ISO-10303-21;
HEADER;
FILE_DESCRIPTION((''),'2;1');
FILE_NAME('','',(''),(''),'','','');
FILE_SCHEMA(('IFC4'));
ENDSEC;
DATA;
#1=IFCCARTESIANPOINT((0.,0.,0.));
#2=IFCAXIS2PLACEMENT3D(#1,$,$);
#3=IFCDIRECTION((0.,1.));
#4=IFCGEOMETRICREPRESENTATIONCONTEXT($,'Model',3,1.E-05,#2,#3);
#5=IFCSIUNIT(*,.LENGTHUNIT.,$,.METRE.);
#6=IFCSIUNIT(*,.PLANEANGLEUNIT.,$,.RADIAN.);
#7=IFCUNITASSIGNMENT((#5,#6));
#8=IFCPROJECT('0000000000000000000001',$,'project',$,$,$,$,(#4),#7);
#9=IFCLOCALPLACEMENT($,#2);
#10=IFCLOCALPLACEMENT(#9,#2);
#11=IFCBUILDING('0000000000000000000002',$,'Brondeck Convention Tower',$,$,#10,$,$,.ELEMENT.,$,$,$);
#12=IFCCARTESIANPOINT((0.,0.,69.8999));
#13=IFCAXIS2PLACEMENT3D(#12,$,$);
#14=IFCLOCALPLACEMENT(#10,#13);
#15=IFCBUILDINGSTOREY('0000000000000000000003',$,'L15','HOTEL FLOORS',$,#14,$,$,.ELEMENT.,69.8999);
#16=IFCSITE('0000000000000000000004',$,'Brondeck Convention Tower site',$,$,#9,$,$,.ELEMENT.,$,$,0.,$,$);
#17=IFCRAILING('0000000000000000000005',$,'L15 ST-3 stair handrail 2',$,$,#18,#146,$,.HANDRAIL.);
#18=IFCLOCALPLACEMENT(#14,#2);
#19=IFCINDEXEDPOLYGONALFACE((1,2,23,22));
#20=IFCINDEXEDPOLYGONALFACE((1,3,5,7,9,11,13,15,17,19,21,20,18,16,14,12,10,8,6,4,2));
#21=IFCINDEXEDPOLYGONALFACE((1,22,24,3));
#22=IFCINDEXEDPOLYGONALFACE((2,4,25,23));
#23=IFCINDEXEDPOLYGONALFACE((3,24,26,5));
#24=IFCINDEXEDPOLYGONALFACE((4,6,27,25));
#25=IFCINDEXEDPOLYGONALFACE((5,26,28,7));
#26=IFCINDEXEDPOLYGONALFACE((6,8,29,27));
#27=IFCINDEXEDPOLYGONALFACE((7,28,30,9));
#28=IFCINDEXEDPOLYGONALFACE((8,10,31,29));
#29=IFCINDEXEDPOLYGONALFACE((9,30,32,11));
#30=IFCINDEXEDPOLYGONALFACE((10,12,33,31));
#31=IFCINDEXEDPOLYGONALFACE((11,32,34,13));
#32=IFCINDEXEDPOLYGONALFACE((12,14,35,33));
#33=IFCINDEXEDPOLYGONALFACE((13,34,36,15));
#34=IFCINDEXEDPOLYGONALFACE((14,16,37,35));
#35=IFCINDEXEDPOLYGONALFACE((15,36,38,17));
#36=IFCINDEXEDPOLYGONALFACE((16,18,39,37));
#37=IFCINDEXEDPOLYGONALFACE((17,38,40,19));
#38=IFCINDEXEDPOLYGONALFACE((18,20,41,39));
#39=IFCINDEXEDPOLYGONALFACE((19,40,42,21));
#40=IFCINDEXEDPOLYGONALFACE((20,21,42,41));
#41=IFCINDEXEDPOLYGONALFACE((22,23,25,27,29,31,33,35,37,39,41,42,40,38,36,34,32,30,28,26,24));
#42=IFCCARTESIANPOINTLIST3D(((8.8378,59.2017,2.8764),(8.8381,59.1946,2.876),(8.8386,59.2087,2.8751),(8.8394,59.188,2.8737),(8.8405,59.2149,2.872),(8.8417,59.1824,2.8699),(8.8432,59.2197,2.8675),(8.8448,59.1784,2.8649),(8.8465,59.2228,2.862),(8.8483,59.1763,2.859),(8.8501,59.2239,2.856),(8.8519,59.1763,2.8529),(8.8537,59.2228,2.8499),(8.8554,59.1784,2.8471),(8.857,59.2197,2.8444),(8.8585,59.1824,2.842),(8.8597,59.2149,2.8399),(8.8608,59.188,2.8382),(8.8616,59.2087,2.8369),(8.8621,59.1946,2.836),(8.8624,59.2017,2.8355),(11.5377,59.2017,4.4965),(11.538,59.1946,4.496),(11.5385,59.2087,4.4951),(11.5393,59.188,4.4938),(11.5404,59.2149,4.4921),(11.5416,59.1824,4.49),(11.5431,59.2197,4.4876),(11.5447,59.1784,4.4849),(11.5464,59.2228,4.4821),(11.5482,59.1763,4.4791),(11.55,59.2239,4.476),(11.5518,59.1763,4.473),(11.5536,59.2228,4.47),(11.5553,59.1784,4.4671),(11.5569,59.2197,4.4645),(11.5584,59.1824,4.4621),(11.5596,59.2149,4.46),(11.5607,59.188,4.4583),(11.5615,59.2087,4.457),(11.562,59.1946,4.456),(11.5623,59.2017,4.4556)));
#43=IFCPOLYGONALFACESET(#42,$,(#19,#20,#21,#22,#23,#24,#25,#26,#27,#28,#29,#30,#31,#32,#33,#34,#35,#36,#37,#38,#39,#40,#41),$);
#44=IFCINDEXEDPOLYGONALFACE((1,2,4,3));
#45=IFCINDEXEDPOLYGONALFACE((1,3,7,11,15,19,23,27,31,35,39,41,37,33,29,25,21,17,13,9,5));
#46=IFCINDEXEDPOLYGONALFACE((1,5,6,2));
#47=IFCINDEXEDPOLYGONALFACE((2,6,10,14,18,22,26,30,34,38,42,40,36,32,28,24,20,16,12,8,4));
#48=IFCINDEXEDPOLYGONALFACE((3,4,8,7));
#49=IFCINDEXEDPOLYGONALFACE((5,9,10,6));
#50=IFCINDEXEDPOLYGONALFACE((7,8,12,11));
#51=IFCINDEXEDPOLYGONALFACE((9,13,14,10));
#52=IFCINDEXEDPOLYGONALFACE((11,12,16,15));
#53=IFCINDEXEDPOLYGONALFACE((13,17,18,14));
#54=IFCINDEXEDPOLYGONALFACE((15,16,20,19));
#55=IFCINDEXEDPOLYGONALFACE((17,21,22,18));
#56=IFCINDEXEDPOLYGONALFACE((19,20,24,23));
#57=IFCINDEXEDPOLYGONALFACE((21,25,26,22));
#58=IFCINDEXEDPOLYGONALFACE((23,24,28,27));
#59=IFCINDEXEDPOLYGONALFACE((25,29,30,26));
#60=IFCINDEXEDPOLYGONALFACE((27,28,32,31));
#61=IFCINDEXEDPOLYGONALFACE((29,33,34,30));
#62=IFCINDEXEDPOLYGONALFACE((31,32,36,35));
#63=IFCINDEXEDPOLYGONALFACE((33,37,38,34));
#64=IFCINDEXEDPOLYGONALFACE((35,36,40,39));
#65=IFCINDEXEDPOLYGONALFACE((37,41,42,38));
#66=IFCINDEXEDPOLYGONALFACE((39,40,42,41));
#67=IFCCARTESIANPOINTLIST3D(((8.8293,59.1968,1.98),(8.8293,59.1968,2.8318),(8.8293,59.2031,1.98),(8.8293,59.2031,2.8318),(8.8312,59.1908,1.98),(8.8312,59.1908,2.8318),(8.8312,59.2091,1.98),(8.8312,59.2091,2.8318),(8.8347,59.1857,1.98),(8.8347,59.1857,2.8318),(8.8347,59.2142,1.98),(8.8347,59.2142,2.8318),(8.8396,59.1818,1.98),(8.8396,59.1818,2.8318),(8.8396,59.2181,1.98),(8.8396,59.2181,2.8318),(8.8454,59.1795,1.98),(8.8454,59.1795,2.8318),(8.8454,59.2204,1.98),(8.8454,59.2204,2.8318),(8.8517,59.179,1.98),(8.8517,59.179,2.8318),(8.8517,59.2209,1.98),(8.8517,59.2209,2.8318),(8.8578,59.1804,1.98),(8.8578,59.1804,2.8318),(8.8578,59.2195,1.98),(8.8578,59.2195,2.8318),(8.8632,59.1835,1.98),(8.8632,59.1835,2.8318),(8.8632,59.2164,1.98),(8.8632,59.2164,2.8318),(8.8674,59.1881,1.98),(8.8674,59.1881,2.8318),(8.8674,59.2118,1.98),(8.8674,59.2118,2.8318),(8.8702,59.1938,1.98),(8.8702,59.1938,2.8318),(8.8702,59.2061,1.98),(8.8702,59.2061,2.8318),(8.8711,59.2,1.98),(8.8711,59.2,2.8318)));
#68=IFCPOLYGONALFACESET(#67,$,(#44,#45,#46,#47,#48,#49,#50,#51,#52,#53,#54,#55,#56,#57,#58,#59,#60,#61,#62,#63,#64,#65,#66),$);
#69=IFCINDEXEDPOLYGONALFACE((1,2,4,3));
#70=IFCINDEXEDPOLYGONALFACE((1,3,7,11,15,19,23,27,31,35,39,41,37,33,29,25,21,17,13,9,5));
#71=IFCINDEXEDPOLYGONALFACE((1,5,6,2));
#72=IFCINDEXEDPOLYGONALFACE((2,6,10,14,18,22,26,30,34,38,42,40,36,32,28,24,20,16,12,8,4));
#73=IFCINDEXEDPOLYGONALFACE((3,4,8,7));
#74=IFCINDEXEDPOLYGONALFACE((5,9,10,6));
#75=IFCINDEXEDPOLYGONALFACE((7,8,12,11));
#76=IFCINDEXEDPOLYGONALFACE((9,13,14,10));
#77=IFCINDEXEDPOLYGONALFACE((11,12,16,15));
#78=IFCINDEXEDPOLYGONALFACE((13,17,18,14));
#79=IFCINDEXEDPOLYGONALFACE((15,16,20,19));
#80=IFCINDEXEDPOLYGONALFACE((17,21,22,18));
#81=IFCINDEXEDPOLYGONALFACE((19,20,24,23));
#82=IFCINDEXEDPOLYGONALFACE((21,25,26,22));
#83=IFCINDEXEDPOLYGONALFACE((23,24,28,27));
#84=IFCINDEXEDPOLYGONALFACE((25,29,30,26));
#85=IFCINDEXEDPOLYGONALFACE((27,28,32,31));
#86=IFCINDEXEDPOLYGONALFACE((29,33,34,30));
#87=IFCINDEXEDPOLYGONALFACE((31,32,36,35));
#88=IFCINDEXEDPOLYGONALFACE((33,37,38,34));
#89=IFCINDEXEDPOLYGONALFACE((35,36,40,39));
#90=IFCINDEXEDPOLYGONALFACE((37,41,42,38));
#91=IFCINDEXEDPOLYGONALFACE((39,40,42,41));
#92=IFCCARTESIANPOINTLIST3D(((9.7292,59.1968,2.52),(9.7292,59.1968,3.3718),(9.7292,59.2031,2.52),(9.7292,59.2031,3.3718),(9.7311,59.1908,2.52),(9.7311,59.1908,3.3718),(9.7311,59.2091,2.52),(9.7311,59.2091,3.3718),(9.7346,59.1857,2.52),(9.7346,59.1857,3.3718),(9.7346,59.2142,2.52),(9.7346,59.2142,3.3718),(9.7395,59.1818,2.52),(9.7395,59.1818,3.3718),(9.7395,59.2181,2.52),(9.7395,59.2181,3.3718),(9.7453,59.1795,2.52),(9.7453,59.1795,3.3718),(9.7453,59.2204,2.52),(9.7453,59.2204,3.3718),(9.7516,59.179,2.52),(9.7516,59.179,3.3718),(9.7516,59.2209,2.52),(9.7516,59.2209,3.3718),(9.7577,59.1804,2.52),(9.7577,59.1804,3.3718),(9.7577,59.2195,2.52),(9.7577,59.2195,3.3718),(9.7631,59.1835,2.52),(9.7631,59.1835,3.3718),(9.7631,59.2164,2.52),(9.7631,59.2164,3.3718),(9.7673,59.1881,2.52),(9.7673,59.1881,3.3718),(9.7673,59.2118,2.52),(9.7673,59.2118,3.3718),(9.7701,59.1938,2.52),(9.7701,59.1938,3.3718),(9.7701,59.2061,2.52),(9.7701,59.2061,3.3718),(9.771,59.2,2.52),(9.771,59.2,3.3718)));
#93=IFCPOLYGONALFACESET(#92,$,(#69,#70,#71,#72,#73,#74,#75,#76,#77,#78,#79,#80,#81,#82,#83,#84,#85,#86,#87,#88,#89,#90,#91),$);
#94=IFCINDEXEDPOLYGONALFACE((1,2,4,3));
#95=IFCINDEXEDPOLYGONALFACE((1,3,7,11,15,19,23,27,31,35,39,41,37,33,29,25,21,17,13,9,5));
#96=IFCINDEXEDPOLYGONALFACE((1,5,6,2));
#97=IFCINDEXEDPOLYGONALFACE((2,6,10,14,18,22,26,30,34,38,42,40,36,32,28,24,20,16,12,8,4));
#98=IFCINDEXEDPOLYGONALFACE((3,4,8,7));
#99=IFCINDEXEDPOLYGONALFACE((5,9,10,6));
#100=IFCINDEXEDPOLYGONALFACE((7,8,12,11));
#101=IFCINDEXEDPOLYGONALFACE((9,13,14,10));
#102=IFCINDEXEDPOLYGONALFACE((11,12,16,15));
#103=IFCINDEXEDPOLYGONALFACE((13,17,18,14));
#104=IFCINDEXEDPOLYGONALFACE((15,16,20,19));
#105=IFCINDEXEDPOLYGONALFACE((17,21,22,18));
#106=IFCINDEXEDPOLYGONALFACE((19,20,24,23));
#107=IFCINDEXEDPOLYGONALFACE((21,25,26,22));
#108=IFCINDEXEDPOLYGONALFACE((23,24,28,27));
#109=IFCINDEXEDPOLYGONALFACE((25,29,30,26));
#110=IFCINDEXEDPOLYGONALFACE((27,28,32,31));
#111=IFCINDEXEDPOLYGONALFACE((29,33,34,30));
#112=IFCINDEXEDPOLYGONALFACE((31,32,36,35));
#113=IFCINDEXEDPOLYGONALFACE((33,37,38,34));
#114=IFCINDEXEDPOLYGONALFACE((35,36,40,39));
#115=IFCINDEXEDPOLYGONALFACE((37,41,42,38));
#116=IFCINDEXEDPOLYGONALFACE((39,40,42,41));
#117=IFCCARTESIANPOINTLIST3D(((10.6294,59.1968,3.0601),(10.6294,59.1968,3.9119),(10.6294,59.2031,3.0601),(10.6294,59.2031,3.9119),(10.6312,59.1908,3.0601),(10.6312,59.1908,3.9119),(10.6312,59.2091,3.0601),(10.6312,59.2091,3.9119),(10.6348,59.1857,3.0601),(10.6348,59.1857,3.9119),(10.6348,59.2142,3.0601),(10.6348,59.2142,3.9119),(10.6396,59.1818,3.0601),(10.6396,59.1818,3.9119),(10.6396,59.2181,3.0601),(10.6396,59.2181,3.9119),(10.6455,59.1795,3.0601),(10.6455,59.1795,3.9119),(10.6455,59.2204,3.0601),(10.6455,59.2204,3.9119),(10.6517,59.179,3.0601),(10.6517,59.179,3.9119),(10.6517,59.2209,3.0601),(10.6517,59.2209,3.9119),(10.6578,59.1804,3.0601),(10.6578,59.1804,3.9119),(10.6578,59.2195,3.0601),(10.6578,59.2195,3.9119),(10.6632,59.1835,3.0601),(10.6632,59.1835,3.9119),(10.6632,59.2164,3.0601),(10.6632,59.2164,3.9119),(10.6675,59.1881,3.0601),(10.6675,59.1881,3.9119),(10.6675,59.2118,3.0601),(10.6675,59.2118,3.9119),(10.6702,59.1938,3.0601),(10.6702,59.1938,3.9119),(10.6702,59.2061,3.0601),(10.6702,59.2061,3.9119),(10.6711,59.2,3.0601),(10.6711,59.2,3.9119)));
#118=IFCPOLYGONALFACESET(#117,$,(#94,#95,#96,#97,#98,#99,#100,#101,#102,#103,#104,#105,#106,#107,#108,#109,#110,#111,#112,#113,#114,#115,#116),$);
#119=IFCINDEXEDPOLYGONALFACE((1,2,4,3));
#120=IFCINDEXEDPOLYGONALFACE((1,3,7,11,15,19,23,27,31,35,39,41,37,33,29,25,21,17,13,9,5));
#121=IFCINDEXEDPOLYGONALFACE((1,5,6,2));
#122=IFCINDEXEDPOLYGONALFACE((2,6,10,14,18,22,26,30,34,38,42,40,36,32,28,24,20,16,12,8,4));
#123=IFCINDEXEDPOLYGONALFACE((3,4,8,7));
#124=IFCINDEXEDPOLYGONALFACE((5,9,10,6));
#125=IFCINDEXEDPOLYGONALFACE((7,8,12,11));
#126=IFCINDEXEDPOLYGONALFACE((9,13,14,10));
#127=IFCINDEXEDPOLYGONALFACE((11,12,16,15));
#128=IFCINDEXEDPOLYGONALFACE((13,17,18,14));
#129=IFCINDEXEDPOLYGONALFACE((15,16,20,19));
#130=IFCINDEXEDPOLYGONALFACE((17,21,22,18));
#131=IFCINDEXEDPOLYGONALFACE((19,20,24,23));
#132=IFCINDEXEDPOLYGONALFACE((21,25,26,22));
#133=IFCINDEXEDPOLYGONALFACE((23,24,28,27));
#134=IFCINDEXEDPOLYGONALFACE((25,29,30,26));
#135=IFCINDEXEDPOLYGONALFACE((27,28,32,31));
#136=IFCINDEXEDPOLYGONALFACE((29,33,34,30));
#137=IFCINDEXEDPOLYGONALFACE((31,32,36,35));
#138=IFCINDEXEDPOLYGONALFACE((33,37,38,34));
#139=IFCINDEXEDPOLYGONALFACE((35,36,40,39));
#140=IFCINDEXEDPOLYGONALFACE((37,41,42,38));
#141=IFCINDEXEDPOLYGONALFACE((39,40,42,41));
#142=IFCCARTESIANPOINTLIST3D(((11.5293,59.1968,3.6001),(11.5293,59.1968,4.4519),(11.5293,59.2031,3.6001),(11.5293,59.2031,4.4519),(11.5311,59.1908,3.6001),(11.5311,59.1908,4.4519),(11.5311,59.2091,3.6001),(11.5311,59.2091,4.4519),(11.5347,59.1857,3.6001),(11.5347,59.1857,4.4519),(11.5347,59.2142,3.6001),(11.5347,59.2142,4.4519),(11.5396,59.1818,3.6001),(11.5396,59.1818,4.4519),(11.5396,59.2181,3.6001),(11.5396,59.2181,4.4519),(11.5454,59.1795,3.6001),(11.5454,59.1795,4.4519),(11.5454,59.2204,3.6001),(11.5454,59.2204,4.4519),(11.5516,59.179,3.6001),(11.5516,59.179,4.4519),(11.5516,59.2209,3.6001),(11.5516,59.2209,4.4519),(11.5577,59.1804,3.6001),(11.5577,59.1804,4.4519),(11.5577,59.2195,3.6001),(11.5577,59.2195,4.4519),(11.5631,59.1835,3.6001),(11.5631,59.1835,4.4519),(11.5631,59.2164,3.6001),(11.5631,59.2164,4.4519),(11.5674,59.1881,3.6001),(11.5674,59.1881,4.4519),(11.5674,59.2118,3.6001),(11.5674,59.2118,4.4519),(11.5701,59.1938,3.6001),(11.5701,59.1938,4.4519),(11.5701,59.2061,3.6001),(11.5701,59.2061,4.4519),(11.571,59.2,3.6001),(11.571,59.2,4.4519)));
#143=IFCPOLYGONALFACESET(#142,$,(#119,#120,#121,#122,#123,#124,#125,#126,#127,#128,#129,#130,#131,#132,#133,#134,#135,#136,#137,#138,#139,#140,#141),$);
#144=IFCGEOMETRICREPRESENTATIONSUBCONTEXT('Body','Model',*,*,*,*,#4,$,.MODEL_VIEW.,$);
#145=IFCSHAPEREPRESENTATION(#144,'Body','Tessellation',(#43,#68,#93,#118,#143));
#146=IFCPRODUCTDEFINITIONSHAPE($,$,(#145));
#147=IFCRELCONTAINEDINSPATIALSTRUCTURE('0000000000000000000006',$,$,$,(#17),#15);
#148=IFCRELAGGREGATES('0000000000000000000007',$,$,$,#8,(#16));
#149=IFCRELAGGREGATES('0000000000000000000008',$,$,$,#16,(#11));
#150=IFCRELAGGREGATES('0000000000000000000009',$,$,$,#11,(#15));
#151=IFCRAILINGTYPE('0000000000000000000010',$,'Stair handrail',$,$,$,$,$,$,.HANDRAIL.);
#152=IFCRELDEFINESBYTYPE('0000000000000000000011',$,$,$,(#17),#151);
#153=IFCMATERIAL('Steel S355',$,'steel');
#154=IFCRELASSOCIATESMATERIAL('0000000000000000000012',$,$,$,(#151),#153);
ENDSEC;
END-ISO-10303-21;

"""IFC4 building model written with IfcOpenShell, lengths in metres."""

from ifc_helpers import new_model, si_unit, direction, frame, origin, origin_2d, place, context, subcontext, project, spatial, circle, extrude, material, type_object, element, save


model = new_model("IFC4")

# Units and contexts
model_context = context("Model", 3, precision=1e-05, world=origin(), true_north=direction((0.0, 1.0)))
body_context = subcontext(model_context, "Body", "Model", "MODEL_VIEW")
ifc_project = project(units=[si_unit("LENGTHUNIT", "METRE"), si_unit("PLANEANGLEUNIT", "RADIAN")], contexts=[model_context])

# Site, building, storey
site_placement = place(None, origin())
site = spatial("IfcSite", under=ifc_project, at=site_placement, Name="Brondeck Convention Tower site", CompositionType="ELEMENT", RefElevation=0.0)
building_placement = place(site_placement, origin())
building = spatial("IfcBuilding", under=site, at=building_placement, Name="Brondeck Convention Tower", CompositionType="ELEMENT")
storey_placement = place(building_placement, frame((0.0, 0.0, 69.8999)))
storey = spatial("IfcBuildingStorey", under=building, at=storey_placement, Name="L15", Description="HOTEL FLOORS", CompositionType="ELEMENT", Elevation=69.8999)

# Railing
ifc_material_1 = material(Name="Steel S355", Category="steel")
railing_type_1 = type_object("IfcRailingType", Name="Stair handrail", PredefinedType="HANDRAIL", material=ifc_material_1)
railing_1_placement = place(storey_placement, frame((8.8501, 59.2, 1.98)))
element("IfcRailing", 1, at=railing_1_placement, inside=storey, type_object=railing_type_1, Name="L15 ST-3 stair handrail 2", PredefinedType="HANDRAIL", context=body_context, shape_type="SweptSolid", body=[
    extrude(circle(Radius=0.0239, at=origin_2d()), frame((0.0, 0.0, 0.876), z_axis=(0.857472, 0.0, 0.51453), x_axis=(0.0, 1.0, 0.0)), (0.0, 0.0, 1.0), 3.1487),
    extrude(circle(Radius=0.021, at=origin_2d()), origin(), (0.0, 0.0, 1.0), 0.8518),
    extrude(circle(Radius=0.021, at=origin_2d()), frame((0.8999, 0.0, 0.54)), (0.0, 0.0, 1.0), 0.8518),
    extrude(circle(Radius=0.021, at=origin_2d()), frame((1.8, 0.0, 1.0801)), (0.0, 0.0, 1.0), 0.8518),
    extrude(circle(Radius=0.021, at=origin_2d()), frame((2.7, 0.0, 1.6201)), (0.0, 0.0, 1.0), 0.8518),
])

save(model, "model.ifc")
